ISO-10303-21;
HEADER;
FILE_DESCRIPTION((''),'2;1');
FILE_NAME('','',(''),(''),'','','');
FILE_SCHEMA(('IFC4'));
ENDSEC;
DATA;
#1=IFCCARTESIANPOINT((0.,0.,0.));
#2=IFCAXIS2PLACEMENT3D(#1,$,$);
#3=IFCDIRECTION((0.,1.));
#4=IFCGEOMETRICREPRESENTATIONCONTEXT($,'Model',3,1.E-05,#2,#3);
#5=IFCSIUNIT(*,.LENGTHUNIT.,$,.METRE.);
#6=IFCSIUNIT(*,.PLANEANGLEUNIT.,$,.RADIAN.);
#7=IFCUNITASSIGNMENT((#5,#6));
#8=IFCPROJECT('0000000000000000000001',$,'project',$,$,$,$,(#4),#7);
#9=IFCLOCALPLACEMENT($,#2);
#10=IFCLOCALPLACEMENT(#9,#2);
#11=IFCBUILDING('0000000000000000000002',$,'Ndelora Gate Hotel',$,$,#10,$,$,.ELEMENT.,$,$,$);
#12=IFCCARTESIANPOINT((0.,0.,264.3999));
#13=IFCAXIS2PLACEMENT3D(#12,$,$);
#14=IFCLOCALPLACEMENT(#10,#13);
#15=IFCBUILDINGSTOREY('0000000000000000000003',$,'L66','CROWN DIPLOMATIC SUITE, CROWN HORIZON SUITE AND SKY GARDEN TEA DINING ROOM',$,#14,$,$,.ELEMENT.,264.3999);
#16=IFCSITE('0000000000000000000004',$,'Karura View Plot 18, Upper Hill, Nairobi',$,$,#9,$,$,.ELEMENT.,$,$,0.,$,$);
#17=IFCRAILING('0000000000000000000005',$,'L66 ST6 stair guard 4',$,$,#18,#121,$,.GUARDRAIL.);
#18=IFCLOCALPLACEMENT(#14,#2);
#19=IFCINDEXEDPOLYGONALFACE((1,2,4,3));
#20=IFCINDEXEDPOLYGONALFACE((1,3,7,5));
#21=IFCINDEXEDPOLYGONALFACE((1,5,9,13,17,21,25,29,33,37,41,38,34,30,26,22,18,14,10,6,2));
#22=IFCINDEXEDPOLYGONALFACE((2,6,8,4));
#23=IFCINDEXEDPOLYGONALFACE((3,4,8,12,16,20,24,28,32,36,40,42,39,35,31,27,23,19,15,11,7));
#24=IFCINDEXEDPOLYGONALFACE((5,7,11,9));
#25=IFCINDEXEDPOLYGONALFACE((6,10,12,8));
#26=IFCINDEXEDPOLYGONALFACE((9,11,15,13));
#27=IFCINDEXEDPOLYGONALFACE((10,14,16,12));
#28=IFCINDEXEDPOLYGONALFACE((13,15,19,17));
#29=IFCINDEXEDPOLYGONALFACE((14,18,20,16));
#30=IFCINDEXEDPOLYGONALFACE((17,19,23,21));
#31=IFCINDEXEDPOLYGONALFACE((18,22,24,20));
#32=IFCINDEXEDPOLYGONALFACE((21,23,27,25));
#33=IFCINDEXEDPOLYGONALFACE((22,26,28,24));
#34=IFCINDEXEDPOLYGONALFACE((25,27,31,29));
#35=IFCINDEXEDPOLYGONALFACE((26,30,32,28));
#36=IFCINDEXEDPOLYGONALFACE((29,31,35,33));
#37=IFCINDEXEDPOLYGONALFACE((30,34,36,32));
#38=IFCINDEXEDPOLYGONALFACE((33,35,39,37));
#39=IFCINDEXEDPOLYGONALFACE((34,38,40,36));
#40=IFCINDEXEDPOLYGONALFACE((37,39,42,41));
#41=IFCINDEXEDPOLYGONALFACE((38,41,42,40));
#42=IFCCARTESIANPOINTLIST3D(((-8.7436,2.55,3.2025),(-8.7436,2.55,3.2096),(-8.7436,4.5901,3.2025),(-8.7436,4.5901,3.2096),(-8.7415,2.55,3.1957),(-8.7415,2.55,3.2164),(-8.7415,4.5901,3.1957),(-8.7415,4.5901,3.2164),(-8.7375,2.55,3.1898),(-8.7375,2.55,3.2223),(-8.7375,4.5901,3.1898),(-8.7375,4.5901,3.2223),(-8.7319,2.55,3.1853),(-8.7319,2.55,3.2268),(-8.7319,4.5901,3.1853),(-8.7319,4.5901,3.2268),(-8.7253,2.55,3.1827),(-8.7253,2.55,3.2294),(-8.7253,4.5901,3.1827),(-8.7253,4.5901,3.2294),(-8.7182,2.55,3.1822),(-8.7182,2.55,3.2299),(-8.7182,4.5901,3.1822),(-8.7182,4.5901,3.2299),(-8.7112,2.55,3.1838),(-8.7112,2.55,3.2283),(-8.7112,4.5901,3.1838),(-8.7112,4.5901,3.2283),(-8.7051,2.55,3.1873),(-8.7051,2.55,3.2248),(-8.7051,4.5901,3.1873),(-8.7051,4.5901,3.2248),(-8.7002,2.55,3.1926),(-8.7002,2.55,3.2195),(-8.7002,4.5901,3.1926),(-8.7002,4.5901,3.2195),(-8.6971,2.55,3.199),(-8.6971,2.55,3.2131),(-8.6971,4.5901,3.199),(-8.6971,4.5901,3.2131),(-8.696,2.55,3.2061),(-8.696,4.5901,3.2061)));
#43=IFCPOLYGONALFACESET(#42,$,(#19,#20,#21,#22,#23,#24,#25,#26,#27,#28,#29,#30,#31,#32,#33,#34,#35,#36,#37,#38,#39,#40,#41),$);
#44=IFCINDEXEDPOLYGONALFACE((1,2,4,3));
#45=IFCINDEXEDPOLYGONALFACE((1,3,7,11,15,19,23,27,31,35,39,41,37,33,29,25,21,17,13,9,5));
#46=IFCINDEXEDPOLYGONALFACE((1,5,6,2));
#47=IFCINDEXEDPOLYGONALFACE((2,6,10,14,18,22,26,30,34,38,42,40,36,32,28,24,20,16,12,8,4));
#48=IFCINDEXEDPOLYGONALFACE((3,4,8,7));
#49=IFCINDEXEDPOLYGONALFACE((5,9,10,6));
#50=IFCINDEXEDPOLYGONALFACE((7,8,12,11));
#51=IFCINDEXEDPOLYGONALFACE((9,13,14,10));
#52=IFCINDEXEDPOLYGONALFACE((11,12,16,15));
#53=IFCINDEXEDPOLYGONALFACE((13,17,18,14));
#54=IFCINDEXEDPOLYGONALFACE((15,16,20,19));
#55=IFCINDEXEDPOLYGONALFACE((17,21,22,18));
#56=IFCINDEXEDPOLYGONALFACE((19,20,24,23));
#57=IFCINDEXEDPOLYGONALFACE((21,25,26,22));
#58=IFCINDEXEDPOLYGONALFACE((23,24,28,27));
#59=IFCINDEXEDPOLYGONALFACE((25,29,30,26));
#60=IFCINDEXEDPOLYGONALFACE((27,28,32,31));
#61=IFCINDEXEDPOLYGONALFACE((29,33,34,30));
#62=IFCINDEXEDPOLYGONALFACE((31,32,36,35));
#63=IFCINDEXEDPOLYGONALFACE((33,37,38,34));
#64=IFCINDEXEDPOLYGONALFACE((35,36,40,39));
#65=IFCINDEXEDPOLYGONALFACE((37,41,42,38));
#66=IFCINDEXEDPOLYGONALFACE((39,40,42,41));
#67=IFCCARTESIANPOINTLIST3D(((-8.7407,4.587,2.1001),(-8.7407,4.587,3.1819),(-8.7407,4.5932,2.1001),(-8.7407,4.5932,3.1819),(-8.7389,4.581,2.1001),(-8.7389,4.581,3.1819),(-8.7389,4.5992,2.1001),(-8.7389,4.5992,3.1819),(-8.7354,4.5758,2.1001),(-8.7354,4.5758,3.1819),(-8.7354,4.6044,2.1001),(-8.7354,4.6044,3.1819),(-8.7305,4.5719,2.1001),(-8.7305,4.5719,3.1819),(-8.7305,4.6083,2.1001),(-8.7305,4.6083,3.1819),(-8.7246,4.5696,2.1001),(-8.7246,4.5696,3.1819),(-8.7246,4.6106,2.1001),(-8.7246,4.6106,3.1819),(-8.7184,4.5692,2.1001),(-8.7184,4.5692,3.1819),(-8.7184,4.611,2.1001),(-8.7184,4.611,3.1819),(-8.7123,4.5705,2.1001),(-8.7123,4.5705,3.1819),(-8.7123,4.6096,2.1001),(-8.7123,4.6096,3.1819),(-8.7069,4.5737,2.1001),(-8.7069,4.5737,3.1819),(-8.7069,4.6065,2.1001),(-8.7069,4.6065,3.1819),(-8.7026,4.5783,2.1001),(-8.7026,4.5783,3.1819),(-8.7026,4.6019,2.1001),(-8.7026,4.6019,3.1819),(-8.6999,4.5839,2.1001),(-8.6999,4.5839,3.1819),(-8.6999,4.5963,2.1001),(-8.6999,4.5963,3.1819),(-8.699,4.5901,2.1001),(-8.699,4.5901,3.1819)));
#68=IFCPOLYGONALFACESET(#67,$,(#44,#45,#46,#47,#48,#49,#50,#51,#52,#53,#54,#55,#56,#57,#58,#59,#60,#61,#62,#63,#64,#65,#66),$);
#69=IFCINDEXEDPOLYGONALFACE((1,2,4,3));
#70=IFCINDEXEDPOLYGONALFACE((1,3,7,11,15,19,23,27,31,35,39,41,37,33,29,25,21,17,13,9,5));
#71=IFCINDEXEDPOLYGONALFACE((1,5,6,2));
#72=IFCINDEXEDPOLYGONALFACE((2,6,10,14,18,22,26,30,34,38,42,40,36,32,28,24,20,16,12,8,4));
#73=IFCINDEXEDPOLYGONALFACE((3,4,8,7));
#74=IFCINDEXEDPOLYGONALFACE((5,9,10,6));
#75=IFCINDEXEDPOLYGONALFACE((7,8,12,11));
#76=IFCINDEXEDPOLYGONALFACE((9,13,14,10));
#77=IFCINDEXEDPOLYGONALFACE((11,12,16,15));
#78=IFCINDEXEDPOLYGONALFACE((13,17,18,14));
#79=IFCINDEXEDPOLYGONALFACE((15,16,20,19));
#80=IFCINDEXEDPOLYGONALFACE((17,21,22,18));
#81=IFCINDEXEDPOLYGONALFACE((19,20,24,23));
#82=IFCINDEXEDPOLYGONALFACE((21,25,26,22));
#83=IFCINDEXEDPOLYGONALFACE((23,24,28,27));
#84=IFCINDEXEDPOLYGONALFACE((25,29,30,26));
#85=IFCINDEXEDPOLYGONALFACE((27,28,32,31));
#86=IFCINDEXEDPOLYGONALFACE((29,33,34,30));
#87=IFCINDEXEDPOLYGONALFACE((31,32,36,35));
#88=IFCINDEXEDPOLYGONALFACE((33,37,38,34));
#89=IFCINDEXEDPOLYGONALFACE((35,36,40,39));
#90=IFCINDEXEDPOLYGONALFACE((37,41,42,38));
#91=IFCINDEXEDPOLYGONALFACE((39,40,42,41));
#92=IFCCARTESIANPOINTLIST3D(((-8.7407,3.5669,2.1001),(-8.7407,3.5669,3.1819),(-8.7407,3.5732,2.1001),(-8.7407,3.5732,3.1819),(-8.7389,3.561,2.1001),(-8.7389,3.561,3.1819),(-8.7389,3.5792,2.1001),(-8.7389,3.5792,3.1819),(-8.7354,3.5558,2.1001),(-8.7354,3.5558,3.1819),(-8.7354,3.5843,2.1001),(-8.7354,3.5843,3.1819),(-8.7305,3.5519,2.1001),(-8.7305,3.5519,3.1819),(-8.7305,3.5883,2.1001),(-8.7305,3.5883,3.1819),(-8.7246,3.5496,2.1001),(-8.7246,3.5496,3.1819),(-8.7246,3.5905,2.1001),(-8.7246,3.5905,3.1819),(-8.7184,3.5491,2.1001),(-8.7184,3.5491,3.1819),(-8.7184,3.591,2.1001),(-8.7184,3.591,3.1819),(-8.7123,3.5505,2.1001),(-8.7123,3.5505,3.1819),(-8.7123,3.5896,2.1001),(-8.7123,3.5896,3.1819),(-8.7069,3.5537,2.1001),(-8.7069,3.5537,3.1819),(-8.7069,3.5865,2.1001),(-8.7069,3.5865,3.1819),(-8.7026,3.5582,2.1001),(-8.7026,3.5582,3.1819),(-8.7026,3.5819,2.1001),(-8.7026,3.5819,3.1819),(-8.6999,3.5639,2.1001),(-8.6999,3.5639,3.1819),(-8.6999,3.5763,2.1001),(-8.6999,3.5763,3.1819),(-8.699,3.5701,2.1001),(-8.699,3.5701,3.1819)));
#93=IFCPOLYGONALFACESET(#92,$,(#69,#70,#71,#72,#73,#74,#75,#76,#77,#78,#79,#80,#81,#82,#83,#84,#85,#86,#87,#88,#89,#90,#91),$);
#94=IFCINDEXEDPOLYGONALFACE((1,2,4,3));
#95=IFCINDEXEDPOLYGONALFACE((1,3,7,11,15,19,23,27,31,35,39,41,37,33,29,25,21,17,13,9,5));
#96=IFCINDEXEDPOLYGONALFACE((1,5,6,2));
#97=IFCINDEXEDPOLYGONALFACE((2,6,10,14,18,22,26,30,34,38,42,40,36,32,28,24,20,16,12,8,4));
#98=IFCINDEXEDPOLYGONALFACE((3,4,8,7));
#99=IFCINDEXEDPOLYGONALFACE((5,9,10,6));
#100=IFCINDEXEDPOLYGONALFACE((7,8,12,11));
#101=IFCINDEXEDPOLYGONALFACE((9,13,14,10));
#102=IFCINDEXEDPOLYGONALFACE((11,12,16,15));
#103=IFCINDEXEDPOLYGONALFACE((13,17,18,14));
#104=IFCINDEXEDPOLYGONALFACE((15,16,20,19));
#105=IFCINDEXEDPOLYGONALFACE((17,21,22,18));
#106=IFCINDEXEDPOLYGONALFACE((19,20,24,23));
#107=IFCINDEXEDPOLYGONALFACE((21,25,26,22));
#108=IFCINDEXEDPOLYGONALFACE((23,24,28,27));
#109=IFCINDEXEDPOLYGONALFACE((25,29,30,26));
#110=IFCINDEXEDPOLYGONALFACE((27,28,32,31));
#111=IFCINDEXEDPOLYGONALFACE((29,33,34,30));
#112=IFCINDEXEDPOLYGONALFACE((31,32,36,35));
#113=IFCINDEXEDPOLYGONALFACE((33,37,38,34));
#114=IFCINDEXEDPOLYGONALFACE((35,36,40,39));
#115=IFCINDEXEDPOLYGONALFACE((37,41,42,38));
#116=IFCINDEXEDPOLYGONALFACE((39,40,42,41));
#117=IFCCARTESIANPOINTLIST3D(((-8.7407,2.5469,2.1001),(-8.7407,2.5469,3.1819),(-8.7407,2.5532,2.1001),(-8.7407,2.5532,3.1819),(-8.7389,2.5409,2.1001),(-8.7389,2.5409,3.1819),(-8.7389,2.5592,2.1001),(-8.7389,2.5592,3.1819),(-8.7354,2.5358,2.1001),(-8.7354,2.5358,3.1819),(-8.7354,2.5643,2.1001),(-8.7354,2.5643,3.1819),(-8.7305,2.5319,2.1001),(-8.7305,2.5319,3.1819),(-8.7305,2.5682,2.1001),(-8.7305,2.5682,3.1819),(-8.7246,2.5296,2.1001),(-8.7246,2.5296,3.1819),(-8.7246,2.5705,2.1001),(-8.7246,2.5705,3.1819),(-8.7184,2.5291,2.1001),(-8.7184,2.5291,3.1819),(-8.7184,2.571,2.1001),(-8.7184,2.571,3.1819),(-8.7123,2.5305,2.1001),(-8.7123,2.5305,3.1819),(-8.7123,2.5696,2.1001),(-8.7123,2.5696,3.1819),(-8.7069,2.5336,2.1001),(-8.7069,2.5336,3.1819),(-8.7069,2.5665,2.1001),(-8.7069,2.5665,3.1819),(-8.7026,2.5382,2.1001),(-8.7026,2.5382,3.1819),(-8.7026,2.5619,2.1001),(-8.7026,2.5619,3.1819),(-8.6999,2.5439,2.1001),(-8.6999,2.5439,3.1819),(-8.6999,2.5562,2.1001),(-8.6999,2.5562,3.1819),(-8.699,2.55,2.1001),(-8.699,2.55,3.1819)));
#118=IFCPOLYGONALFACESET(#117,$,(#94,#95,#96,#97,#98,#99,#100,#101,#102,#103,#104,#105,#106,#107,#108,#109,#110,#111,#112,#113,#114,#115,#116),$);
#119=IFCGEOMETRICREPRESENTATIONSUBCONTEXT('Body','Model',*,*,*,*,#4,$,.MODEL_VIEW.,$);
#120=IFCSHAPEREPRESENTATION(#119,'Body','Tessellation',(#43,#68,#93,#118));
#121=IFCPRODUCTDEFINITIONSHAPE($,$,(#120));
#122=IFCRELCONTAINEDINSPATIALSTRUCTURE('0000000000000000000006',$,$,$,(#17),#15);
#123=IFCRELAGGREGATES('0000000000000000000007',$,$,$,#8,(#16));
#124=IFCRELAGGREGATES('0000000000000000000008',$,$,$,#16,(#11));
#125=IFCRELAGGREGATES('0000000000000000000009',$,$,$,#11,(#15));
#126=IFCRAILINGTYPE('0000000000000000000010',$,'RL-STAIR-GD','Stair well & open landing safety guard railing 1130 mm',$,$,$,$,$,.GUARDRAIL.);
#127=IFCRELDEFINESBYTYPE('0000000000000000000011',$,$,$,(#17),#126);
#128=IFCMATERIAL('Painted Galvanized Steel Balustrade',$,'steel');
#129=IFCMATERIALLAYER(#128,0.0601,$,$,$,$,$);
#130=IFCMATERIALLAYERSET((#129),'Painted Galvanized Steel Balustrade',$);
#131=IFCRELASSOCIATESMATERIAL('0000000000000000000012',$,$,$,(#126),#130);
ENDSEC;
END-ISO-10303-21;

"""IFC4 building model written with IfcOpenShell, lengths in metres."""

from ifc_helpers import new_model, si_unit, direction, frame, origin, origin_2d, place, context, subcontext, project, spatial, circle, extrude, material, layer, layer_set, type_object, element, save


model = new_model("IFC4")

# Units and contexts
model_context = context("Model", 3, precision=1e-05, world=origin(), true_north=direction((0.0, 1.0)))
body_context = subcontext(model_context, "Body", "Model", "MODEL_VIEW")
ifc_project = project(units=[si_unit("LENGTHUNIT", "METRE"), si_unit("PLANEANGLEUNIT", "RADIAN")], contexts=[model_context])

# Site, building, storey
site_placement = place(None, origin())
site = spatial("IfcSite", under=ifc_project, at=site_placement, Name="Karura View Plot 18, Upper Hill, Nairobi", CompositionType="ELEMENT", RefElevation=0.0)
building_placement = place(site_placement, origin())
building = spatial("IfcBuilding", under=site, at=building_placement, Name="Ndelora Gate Hotel", CompositionType="ELEMENT")
storey_placement = place(building_placement, frame((0.0, 0.0, 264.3999)))
storey = spatial("IfcBuildingStorey", under=building, at=storey_placement, Name="L66", Description="CROWN DIPLOMATIC SUITE, CROWN HORIZON SUITE AND SKY GARDEN TEA DINING ROOM", CompositionType="ELEMENT", Elevation=264.3999)

# Railing
ifc_material_1 = material(Name="Painted Galvanized Steel Balustrade", Category="steel")
ifc_layer_1 = layer(ifc_material_1, 0.0601)
ifc_layer_set_1 = layer_set([ifc_layer_1], Name="Painted Galvanized Steel Balustrade")
railing_type_1 = type_object("IfcRailingType", Name="RL-STAIR-GD", Description="Stair well & open landing safety guard railing 1130 mm", PredefinedType="GUARDRAIL", material=ifc_layer_set_1)
railing_1_placement = place(storey_placement, frame((-8.72, 4.5901, 2.1001)))
element("IfcRailing", 1, at=railing_1_placement, inside=storey, type_object=railing_type_1, Name="L66 ST6 stair guard 4", PredefinedType="GUARDRAIL", context=body_context, shape_type="SweptSolid", body=[
    extrude(circle(Radius=0.0239, at=origin_2d()), frame((0.0, 0.0, 1.106), z_axis=(0.0, -1.0, 0.0), x_axis=(1.0, 0.0, 0.0)), (0.0, 0.0, 1.0), 2.04),
    extrude(circle(Radius=0.021, at=origin_2d()), origin(), (0.0, 0.0, 1.0), 1.0818),
    extrude(circle(Radius=0.021, at=origin_2d()), frame((0.0, -1.02, 0.0)), (0.0, 0.0, 1.0), 1.0818),
    extrude(circle(Radius=0.021, at=origin_2d()), frame((0.0, -2.04, 0.0)), (0.0, 0.0, 1.0), 1.0818),
])

save(model, "model.ifc")
